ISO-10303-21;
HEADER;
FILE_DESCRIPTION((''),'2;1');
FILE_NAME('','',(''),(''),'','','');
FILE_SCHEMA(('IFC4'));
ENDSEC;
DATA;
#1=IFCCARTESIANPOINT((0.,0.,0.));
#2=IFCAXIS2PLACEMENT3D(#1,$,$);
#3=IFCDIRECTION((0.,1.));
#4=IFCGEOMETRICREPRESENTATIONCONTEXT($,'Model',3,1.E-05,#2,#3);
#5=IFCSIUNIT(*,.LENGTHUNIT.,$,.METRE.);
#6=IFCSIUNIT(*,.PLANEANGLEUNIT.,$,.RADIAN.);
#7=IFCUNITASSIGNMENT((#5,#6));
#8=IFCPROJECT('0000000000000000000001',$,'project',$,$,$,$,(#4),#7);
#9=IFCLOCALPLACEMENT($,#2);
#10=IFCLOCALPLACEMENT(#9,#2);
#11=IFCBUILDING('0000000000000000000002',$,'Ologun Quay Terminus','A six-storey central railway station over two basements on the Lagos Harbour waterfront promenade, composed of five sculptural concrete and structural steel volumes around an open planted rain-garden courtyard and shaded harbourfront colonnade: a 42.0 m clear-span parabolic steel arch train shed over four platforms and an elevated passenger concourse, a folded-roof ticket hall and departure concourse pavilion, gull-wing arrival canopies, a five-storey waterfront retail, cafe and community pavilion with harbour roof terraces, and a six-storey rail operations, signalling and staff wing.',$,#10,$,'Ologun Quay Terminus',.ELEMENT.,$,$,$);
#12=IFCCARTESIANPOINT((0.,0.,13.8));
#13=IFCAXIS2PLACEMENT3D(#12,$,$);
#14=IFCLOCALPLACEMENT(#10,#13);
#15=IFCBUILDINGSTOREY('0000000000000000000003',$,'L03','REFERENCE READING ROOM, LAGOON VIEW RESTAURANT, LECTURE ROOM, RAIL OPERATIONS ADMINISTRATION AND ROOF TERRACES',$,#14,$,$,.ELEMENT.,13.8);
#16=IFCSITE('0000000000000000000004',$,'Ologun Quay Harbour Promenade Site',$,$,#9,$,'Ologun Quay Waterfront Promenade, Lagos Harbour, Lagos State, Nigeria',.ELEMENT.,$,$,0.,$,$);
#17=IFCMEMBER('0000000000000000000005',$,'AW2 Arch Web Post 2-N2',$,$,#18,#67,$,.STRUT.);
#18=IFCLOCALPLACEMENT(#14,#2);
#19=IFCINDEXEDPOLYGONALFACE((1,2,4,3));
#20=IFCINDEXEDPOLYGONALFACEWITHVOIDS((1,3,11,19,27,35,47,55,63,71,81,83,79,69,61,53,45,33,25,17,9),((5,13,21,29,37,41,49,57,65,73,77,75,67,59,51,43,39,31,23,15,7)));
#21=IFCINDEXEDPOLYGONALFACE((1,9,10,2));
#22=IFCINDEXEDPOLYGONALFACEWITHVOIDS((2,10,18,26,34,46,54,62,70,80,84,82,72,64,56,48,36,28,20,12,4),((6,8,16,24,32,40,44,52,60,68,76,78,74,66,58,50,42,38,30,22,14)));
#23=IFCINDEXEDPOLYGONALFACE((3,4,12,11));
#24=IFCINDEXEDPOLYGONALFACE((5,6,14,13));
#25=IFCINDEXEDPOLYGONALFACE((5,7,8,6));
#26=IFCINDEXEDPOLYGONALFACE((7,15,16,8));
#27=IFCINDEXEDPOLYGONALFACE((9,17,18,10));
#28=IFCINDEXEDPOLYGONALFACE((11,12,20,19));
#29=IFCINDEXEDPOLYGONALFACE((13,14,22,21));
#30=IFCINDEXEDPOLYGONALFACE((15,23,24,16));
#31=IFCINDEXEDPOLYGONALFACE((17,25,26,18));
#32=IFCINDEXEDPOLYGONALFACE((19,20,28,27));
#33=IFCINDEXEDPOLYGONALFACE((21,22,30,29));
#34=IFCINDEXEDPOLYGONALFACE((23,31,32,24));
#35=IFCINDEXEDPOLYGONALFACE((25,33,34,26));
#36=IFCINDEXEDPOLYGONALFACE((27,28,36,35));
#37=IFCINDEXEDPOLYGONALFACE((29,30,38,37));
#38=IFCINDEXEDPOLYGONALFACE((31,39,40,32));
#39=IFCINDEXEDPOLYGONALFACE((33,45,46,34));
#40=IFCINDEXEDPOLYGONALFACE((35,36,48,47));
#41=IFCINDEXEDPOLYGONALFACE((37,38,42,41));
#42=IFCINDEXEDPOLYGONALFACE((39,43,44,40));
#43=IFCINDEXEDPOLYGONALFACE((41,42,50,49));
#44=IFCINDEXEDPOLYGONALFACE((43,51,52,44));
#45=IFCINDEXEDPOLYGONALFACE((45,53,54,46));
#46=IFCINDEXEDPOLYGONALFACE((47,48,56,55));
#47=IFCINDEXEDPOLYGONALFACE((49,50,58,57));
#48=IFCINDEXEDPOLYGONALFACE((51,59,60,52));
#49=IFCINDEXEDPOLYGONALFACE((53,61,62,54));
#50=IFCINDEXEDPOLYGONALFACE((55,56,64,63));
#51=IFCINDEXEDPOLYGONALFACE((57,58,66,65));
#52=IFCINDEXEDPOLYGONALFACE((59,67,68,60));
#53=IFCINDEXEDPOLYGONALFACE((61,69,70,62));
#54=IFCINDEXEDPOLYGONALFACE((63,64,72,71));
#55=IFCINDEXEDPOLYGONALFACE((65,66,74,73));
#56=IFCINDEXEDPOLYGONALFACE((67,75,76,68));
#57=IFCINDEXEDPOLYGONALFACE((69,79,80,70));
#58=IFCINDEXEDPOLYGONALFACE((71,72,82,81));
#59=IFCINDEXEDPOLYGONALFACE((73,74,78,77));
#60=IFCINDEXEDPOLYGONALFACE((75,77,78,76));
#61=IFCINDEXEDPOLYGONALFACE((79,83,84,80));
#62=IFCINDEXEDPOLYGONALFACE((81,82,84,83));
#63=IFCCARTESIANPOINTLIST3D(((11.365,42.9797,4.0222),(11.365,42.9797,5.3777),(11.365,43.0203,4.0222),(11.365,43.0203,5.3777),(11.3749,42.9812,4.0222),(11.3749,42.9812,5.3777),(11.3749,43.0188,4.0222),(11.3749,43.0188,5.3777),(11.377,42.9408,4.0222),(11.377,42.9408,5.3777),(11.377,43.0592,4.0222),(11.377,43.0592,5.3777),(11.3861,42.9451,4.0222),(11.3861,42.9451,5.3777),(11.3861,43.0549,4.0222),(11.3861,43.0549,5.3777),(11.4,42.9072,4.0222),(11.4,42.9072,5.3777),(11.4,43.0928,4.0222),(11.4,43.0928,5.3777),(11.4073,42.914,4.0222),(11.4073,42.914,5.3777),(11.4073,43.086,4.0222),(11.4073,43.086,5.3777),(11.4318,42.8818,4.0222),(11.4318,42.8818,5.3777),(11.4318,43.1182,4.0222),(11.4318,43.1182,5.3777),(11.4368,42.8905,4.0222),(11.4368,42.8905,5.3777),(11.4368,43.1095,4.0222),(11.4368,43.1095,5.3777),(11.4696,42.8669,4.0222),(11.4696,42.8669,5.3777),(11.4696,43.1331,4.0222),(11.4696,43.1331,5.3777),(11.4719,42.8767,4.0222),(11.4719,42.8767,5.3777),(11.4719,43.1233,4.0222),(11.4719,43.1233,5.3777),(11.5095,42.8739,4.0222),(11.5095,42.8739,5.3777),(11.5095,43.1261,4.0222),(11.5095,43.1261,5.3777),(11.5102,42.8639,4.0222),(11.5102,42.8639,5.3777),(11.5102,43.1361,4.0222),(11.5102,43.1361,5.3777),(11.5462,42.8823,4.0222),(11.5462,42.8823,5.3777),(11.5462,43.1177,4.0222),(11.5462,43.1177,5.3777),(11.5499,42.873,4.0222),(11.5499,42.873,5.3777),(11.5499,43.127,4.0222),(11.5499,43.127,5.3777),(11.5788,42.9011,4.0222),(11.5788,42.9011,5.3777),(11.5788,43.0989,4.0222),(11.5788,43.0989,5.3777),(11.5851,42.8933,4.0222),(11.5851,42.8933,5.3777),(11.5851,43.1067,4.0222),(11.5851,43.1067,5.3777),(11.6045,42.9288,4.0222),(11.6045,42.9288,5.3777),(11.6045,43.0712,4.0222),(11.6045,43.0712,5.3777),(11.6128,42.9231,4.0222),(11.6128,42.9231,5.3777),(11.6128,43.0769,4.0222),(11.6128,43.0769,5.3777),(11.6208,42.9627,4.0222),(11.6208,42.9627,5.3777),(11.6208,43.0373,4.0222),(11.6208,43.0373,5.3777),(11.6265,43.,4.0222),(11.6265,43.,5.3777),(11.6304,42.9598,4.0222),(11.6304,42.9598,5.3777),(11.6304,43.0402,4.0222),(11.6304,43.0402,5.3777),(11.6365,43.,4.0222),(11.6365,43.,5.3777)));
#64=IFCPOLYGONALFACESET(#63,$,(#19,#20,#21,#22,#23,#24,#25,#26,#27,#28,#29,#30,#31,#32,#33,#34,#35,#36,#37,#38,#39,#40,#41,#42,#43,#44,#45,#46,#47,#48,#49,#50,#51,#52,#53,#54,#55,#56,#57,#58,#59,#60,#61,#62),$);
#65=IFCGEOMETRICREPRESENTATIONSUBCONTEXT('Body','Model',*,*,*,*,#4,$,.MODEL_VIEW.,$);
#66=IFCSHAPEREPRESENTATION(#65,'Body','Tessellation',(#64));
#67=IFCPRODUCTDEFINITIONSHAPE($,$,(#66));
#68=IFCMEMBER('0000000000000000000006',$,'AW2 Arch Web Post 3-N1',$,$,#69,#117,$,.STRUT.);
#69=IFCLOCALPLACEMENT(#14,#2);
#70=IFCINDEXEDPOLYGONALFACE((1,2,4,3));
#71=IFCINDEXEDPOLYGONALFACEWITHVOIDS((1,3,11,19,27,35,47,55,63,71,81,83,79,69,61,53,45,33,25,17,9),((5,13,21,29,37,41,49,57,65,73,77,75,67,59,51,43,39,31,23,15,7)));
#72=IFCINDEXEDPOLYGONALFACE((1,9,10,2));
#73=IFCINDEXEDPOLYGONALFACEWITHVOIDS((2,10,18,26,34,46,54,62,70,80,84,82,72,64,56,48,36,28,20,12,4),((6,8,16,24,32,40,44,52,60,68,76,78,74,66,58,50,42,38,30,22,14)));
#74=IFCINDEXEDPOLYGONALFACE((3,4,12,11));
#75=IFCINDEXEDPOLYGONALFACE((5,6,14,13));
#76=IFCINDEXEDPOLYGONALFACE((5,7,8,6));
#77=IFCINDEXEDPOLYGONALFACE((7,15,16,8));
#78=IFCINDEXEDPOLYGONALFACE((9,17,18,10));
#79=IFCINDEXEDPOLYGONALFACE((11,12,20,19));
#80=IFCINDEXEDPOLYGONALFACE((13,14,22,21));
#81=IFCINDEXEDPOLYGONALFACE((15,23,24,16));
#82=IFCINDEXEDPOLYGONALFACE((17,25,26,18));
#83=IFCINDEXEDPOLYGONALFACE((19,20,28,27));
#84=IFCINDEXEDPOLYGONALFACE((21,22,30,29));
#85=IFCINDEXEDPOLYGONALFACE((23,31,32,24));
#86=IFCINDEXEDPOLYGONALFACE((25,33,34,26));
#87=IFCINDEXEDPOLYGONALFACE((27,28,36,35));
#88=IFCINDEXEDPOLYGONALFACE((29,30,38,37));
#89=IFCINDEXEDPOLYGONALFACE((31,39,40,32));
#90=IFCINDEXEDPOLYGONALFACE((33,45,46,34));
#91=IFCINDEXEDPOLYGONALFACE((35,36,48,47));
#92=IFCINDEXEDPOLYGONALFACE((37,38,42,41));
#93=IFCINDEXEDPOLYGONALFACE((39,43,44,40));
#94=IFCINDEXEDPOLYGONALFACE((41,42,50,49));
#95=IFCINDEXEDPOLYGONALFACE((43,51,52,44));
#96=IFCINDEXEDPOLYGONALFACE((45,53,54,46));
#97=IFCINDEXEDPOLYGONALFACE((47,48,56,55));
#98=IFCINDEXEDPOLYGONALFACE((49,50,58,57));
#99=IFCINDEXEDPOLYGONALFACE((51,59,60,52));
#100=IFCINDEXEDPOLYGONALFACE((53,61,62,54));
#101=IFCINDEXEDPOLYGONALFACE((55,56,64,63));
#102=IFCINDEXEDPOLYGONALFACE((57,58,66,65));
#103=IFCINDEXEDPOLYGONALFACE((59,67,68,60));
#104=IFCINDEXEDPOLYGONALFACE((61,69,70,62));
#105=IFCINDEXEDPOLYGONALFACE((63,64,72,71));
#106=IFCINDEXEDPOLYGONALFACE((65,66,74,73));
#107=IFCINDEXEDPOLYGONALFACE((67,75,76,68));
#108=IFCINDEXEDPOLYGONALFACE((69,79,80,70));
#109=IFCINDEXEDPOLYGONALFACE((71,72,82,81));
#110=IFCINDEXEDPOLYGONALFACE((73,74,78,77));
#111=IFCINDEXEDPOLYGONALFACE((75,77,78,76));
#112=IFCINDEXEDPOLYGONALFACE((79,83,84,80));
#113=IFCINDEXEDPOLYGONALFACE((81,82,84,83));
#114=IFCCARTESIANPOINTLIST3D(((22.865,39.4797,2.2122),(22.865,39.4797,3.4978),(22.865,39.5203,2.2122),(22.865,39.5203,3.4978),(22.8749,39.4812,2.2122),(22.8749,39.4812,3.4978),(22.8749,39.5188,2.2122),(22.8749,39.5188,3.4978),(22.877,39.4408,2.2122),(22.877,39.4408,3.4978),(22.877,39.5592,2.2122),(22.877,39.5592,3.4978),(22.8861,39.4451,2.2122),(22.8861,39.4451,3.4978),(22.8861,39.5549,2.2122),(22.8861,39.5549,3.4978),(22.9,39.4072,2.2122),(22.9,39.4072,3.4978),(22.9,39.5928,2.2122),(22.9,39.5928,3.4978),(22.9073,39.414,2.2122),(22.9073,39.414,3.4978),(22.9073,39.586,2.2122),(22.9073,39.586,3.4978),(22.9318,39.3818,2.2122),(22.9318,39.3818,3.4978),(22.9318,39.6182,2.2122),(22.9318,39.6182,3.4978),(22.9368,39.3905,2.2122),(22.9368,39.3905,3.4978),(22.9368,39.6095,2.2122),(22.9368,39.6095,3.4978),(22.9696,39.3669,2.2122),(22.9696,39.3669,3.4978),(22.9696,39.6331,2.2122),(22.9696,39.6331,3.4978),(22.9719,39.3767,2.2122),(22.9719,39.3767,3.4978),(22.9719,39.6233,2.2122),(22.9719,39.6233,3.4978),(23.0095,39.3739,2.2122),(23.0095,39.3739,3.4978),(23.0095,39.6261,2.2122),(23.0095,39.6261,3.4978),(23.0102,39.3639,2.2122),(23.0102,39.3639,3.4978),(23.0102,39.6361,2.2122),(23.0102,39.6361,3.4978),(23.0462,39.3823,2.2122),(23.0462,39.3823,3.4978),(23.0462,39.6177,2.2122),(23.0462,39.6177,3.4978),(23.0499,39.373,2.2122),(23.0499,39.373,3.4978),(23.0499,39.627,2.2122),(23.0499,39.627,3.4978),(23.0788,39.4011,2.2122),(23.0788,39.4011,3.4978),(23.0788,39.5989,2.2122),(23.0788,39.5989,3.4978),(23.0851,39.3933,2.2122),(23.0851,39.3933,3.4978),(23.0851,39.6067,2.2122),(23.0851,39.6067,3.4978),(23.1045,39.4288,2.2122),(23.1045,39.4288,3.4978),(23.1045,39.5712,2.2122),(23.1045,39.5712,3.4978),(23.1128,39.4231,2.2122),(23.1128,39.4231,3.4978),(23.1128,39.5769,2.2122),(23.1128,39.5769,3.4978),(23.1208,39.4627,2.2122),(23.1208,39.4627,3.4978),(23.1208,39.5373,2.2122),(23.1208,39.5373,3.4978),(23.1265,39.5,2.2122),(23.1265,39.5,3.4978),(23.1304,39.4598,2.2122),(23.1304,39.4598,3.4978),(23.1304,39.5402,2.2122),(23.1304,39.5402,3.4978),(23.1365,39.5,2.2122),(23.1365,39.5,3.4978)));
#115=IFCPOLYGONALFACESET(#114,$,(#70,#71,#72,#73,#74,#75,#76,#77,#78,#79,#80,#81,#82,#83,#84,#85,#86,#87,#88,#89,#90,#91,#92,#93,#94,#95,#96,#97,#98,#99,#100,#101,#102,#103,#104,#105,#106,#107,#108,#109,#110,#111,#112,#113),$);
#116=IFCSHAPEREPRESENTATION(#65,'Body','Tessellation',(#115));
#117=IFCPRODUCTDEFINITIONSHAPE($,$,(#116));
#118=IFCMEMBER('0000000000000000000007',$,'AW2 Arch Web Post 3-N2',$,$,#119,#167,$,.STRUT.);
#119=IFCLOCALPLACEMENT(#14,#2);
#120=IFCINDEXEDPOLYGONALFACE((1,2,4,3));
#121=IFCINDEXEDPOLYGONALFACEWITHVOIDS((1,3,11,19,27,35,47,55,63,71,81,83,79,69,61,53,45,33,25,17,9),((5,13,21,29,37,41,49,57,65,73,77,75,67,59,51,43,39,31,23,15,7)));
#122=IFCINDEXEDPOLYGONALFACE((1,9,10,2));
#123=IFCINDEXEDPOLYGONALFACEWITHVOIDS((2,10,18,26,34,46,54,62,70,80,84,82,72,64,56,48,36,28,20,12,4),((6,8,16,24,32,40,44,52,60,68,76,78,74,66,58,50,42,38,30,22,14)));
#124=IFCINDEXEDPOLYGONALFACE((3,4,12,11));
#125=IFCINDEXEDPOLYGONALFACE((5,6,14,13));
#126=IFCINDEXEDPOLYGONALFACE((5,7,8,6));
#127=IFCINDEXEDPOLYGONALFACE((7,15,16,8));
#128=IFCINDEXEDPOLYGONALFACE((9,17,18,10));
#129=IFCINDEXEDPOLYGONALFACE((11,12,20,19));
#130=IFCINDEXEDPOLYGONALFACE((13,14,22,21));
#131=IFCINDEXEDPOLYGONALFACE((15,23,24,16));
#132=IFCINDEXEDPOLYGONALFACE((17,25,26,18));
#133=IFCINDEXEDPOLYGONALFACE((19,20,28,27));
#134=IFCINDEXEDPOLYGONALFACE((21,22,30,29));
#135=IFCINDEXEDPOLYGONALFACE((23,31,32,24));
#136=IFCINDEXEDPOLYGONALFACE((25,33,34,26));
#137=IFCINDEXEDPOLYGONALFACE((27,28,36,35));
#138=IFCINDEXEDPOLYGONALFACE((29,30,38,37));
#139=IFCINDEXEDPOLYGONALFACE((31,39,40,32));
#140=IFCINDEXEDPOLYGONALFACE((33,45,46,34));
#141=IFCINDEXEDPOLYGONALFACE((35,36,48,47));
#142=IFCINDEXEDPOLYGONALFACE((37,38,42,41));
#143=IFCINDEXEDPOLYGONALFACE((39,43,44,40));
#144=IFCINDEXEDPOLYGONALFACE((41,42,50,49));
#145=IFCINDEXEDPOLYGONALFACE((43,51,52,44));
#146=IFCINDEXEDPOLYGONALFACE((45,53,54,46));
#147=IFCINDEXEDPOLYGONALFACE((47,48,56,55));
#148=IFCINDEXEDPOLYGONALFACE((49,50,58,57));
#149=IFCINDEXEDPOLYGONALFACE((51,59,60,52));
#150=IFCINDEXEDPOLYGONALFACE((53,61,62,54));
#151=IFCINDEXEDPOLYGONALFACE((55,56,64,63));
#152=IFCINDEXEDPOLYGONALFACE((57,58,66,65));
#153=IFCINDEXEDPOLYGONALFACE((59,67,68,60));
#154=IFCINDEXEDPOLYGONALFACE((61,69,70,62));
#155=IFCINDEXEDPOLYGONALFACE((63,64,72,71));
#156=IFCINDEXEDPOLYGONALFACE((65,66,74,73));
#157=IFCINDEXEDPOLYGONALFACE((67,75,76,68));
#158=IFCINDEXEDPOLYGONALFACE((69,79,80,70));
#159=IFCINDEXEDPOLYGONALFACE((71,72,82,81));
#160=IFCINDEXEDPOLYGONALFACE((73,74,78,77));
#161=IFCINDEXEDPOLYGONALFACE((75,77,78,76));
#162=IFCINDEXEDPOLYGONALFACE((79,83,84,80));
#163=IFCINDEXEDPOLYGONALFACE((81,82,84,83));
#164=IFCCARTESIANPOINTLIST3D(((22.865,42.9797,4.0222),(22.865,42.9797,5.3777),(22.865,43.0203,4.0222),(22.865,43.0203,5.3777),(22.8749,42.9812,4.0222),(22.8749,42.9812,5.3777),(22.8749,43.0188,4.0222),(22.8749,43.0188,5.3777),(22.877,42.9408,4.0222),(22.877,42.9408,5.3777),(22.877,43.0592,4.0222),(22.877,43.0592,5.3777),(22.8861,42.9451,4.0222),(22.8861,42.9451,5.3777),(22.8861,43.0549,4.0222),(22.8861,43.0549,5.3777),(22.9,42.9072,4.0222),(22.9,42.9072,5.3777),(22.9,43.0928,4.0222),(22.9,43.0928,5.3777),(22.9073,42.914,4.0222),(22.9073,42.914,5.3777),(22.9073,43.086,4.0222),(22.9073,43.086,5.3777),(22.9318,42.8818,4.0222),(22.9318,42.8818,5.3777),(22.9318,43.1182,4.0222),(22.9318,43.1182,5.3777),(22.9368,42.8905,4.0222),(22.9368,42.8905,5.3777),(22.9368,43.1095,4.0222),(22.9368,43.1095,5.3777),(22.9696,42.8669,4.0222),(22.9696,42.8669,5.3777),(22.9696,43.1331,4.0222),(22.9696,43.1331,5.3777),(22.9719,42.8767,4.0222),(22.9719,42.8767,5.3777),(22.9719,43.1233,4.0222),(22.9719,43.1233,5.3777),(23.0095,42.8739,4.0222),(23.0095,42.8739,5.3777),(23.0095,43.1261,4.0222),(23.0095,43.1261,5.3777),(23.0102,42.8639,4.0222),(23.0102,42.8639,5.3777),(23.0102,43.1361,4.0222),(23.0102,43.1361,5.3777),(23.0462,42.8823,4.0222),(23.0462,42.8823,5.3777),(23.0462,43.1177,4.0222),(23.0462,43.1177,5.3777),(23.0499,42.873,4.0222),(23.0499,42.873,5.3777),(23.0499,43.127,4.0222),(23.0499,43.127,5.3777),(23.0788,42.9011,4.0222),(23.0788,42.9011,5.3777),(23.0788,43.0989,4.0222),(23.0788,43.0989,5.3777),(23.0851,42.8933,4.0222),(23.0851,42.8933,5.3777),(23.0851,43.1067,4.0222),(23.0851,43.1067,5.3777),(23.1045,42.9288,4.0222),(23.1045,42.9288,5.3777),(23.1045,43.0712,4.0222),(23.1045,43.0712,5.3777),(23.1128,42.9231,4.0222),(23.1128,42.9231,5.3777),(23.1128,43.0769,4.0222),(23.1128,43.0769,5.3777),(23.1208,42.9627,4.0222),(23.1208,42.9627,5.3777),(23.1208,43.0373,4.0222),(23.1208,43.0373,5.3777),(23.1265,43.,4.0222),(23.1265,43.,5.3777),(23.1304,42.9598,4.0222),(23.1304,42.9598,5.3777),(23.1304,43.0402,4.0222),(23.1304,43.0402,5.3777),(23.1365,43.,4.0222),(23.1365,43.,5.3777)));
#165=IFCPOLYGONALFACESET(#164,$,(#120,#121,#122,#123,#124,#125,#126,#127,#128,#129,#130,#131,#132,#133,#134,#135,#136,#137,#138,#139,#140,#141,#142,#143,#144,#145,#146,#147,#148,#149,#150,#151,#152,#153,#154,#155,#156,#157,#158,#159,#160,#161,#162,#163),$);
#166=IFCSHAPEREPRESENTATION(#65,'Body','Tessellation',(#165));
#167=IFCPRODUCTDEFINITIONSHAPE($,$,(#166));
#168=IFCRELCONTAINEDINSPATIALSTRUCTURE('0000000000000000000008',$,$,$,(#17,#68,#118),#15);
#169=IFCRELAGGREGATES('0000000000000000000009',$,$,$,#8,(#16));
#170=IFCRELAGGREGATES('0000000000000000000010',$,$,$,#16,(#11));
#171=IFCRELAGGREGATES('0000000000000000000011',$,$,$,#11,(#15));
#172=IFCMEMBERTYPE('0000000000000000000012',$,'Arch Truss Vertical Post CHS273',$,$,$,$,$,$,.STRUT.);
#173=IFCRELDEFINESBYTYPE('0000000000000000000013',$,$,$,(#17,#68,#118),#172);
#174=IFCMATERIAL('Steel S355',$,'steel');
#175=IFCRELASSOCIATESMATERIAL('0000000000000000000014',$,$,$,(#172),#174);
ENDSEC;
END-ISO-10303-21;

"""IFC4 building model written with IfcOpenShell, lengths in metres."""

from ifc_helpers import new_model, si_unit, direction, frame, origin, origin_2d, place, context, subcontext, project, spatial, hollow_circle, extrude, material, material_profile, profile_set, type_object, element, save


model = new_model("IFC4")

# Units and contexts
model_context = context("Model", 3, precision=1e-05, world=origin(), true_north=direction((0.0, 1.0)))
body_context = subcontext(model_context, "Body", "Model", "MODEL_VIEW")
ifc_project = project(units=[si_unit("LENGTHUNIT", "METRE"), si_unit("PLANEANGLEUNIT", "RADIAN")], contexts=[model_context])

# Site, building, storey
site_placement = place(None, origin())
site = spatial("IfcSite", under=ifc_project, at=site_placement, Name="Ologun Quay Harbour Promenade Site", LongName="Ologun Quay Waterfront Promenade, Lagos Harbour, Lagos State, Nigeria", CompositionType="ELEMENT", RefElevation=0.0)
building_placement = place(site_placement, origin())
building = spatial("IfcBuilding", under=site, at=building_placement, Name="Ologun Quay Terminus", Description="A six-storey central railway station over two basements on the Lagos Harbour waterfront promenade, composed of five sculptural concrete and structural steel volumes around an open planted rain-garden courtyard and shaded harbourfront colonnade: a 42.0 m clear-span parabolic steel arch train shed over four platforms and an elevated passenger concourse, a folded-roof ticket hall and departure concourse pavilion, gull-wing arrival canopies, a five-storey waterfront retail, cafe and community pavilion with harbour roof terraces, and a six-storey rail operations, signalling and staff wing.", LongName="Ologun Quay Terminus", CompositionType="ELEMENT")
storey_placement = place(building_placement, frame((0.0, 0.0, 13.8)))
storey = spatial("IfcBuildingStorey", under=building, at=storey_placement, Name="L03", Description="REFERENCE READING ROOM, LAGOON VIEW RESTAURANT, LECTURE ROOM, RAIL OPERATIONS ADMINISTRATION AND ROOF TERRACES", CompositionType="ELEMENT", Elevation=13.8)

# Members
ifc_material_1 = material(Name="Steel S355", Category="steel")
ifc_material_profile_1 = material_profile(ifc_material_1, hollow_circle(Radius=0.1365, WallThickness=0.01, at=origin_2d()), Name="CHS 273x10")
ifc_profile_set_1 = profile_set([ifc_material_profile_1], Name="Steel S355")
member_type_1 = type_object("IfcMemberType", Name="Arch Truss Vertical Post CHS273", PredefinedType="STRUT", material=ifc_profile_set_1)
member_1_placement = place(storey_placement, frame((11.5, 43.0, 4.0222), z_axis=(0.0, 0.0, 1.0), x_axis=(1.0, 0.0, 0.0)))
element("IfcMember", 1, at=member_1_placement, inside=storey, type_object=member_type_1, Name="AW2 Arch Web Post 2-N2", PredefinedType="STRUT", context=body_context, shape_type="SweptSolid", body=[
    extrude(hollow_circle(Radius=0.1365, WallThickness=0.01, at=origin_2d()), origin(), (0.0, 0.0, 1.0), 1.3555),
])
member_2_placement = place(storey_placement, frame((23.0, 39.5, 2.2122), z_axis=(0.0, 0.0, 1.0), x_axis=(1.0, 0.0, 0.0)))
element("IfcMember", 2, at=member_2_placement, inside=storey, type_object=member_type_1, Name="AW2 Arch Web Post 3-N1", PredefinedType="STRUT", context=body_context, shape_type="SweptSolid", body=[
    extrude(hollow_circle(Radius=0.1365, WallThickness=0.01, at=origin_2d()), origin(), (0.0, 0.0, 1.0), 1.2856),
])
member_3_placement = place(storey_placement, frame((23.0, 43.0, 4.0222), z_axis=(0.0, 0.0, 1.0), x_axis=(1.0, 0.0, 0.0)))
element("IfcMember", 3, at=member_3_placement, inside=storey, type_object=member_type_1, Name="AW2 Arch Web Post 3-N2", PredefinedType="STRUT", context=body_context, shape_type="SweptSolid", body=[
    extrude(hollow_circle(Radius=0.1365, WallThickness=0.01, at=origin_2d()), origin(), (0.0, 0.0, 1.0), 1.3555),
])

save(model, "model.ifc")
